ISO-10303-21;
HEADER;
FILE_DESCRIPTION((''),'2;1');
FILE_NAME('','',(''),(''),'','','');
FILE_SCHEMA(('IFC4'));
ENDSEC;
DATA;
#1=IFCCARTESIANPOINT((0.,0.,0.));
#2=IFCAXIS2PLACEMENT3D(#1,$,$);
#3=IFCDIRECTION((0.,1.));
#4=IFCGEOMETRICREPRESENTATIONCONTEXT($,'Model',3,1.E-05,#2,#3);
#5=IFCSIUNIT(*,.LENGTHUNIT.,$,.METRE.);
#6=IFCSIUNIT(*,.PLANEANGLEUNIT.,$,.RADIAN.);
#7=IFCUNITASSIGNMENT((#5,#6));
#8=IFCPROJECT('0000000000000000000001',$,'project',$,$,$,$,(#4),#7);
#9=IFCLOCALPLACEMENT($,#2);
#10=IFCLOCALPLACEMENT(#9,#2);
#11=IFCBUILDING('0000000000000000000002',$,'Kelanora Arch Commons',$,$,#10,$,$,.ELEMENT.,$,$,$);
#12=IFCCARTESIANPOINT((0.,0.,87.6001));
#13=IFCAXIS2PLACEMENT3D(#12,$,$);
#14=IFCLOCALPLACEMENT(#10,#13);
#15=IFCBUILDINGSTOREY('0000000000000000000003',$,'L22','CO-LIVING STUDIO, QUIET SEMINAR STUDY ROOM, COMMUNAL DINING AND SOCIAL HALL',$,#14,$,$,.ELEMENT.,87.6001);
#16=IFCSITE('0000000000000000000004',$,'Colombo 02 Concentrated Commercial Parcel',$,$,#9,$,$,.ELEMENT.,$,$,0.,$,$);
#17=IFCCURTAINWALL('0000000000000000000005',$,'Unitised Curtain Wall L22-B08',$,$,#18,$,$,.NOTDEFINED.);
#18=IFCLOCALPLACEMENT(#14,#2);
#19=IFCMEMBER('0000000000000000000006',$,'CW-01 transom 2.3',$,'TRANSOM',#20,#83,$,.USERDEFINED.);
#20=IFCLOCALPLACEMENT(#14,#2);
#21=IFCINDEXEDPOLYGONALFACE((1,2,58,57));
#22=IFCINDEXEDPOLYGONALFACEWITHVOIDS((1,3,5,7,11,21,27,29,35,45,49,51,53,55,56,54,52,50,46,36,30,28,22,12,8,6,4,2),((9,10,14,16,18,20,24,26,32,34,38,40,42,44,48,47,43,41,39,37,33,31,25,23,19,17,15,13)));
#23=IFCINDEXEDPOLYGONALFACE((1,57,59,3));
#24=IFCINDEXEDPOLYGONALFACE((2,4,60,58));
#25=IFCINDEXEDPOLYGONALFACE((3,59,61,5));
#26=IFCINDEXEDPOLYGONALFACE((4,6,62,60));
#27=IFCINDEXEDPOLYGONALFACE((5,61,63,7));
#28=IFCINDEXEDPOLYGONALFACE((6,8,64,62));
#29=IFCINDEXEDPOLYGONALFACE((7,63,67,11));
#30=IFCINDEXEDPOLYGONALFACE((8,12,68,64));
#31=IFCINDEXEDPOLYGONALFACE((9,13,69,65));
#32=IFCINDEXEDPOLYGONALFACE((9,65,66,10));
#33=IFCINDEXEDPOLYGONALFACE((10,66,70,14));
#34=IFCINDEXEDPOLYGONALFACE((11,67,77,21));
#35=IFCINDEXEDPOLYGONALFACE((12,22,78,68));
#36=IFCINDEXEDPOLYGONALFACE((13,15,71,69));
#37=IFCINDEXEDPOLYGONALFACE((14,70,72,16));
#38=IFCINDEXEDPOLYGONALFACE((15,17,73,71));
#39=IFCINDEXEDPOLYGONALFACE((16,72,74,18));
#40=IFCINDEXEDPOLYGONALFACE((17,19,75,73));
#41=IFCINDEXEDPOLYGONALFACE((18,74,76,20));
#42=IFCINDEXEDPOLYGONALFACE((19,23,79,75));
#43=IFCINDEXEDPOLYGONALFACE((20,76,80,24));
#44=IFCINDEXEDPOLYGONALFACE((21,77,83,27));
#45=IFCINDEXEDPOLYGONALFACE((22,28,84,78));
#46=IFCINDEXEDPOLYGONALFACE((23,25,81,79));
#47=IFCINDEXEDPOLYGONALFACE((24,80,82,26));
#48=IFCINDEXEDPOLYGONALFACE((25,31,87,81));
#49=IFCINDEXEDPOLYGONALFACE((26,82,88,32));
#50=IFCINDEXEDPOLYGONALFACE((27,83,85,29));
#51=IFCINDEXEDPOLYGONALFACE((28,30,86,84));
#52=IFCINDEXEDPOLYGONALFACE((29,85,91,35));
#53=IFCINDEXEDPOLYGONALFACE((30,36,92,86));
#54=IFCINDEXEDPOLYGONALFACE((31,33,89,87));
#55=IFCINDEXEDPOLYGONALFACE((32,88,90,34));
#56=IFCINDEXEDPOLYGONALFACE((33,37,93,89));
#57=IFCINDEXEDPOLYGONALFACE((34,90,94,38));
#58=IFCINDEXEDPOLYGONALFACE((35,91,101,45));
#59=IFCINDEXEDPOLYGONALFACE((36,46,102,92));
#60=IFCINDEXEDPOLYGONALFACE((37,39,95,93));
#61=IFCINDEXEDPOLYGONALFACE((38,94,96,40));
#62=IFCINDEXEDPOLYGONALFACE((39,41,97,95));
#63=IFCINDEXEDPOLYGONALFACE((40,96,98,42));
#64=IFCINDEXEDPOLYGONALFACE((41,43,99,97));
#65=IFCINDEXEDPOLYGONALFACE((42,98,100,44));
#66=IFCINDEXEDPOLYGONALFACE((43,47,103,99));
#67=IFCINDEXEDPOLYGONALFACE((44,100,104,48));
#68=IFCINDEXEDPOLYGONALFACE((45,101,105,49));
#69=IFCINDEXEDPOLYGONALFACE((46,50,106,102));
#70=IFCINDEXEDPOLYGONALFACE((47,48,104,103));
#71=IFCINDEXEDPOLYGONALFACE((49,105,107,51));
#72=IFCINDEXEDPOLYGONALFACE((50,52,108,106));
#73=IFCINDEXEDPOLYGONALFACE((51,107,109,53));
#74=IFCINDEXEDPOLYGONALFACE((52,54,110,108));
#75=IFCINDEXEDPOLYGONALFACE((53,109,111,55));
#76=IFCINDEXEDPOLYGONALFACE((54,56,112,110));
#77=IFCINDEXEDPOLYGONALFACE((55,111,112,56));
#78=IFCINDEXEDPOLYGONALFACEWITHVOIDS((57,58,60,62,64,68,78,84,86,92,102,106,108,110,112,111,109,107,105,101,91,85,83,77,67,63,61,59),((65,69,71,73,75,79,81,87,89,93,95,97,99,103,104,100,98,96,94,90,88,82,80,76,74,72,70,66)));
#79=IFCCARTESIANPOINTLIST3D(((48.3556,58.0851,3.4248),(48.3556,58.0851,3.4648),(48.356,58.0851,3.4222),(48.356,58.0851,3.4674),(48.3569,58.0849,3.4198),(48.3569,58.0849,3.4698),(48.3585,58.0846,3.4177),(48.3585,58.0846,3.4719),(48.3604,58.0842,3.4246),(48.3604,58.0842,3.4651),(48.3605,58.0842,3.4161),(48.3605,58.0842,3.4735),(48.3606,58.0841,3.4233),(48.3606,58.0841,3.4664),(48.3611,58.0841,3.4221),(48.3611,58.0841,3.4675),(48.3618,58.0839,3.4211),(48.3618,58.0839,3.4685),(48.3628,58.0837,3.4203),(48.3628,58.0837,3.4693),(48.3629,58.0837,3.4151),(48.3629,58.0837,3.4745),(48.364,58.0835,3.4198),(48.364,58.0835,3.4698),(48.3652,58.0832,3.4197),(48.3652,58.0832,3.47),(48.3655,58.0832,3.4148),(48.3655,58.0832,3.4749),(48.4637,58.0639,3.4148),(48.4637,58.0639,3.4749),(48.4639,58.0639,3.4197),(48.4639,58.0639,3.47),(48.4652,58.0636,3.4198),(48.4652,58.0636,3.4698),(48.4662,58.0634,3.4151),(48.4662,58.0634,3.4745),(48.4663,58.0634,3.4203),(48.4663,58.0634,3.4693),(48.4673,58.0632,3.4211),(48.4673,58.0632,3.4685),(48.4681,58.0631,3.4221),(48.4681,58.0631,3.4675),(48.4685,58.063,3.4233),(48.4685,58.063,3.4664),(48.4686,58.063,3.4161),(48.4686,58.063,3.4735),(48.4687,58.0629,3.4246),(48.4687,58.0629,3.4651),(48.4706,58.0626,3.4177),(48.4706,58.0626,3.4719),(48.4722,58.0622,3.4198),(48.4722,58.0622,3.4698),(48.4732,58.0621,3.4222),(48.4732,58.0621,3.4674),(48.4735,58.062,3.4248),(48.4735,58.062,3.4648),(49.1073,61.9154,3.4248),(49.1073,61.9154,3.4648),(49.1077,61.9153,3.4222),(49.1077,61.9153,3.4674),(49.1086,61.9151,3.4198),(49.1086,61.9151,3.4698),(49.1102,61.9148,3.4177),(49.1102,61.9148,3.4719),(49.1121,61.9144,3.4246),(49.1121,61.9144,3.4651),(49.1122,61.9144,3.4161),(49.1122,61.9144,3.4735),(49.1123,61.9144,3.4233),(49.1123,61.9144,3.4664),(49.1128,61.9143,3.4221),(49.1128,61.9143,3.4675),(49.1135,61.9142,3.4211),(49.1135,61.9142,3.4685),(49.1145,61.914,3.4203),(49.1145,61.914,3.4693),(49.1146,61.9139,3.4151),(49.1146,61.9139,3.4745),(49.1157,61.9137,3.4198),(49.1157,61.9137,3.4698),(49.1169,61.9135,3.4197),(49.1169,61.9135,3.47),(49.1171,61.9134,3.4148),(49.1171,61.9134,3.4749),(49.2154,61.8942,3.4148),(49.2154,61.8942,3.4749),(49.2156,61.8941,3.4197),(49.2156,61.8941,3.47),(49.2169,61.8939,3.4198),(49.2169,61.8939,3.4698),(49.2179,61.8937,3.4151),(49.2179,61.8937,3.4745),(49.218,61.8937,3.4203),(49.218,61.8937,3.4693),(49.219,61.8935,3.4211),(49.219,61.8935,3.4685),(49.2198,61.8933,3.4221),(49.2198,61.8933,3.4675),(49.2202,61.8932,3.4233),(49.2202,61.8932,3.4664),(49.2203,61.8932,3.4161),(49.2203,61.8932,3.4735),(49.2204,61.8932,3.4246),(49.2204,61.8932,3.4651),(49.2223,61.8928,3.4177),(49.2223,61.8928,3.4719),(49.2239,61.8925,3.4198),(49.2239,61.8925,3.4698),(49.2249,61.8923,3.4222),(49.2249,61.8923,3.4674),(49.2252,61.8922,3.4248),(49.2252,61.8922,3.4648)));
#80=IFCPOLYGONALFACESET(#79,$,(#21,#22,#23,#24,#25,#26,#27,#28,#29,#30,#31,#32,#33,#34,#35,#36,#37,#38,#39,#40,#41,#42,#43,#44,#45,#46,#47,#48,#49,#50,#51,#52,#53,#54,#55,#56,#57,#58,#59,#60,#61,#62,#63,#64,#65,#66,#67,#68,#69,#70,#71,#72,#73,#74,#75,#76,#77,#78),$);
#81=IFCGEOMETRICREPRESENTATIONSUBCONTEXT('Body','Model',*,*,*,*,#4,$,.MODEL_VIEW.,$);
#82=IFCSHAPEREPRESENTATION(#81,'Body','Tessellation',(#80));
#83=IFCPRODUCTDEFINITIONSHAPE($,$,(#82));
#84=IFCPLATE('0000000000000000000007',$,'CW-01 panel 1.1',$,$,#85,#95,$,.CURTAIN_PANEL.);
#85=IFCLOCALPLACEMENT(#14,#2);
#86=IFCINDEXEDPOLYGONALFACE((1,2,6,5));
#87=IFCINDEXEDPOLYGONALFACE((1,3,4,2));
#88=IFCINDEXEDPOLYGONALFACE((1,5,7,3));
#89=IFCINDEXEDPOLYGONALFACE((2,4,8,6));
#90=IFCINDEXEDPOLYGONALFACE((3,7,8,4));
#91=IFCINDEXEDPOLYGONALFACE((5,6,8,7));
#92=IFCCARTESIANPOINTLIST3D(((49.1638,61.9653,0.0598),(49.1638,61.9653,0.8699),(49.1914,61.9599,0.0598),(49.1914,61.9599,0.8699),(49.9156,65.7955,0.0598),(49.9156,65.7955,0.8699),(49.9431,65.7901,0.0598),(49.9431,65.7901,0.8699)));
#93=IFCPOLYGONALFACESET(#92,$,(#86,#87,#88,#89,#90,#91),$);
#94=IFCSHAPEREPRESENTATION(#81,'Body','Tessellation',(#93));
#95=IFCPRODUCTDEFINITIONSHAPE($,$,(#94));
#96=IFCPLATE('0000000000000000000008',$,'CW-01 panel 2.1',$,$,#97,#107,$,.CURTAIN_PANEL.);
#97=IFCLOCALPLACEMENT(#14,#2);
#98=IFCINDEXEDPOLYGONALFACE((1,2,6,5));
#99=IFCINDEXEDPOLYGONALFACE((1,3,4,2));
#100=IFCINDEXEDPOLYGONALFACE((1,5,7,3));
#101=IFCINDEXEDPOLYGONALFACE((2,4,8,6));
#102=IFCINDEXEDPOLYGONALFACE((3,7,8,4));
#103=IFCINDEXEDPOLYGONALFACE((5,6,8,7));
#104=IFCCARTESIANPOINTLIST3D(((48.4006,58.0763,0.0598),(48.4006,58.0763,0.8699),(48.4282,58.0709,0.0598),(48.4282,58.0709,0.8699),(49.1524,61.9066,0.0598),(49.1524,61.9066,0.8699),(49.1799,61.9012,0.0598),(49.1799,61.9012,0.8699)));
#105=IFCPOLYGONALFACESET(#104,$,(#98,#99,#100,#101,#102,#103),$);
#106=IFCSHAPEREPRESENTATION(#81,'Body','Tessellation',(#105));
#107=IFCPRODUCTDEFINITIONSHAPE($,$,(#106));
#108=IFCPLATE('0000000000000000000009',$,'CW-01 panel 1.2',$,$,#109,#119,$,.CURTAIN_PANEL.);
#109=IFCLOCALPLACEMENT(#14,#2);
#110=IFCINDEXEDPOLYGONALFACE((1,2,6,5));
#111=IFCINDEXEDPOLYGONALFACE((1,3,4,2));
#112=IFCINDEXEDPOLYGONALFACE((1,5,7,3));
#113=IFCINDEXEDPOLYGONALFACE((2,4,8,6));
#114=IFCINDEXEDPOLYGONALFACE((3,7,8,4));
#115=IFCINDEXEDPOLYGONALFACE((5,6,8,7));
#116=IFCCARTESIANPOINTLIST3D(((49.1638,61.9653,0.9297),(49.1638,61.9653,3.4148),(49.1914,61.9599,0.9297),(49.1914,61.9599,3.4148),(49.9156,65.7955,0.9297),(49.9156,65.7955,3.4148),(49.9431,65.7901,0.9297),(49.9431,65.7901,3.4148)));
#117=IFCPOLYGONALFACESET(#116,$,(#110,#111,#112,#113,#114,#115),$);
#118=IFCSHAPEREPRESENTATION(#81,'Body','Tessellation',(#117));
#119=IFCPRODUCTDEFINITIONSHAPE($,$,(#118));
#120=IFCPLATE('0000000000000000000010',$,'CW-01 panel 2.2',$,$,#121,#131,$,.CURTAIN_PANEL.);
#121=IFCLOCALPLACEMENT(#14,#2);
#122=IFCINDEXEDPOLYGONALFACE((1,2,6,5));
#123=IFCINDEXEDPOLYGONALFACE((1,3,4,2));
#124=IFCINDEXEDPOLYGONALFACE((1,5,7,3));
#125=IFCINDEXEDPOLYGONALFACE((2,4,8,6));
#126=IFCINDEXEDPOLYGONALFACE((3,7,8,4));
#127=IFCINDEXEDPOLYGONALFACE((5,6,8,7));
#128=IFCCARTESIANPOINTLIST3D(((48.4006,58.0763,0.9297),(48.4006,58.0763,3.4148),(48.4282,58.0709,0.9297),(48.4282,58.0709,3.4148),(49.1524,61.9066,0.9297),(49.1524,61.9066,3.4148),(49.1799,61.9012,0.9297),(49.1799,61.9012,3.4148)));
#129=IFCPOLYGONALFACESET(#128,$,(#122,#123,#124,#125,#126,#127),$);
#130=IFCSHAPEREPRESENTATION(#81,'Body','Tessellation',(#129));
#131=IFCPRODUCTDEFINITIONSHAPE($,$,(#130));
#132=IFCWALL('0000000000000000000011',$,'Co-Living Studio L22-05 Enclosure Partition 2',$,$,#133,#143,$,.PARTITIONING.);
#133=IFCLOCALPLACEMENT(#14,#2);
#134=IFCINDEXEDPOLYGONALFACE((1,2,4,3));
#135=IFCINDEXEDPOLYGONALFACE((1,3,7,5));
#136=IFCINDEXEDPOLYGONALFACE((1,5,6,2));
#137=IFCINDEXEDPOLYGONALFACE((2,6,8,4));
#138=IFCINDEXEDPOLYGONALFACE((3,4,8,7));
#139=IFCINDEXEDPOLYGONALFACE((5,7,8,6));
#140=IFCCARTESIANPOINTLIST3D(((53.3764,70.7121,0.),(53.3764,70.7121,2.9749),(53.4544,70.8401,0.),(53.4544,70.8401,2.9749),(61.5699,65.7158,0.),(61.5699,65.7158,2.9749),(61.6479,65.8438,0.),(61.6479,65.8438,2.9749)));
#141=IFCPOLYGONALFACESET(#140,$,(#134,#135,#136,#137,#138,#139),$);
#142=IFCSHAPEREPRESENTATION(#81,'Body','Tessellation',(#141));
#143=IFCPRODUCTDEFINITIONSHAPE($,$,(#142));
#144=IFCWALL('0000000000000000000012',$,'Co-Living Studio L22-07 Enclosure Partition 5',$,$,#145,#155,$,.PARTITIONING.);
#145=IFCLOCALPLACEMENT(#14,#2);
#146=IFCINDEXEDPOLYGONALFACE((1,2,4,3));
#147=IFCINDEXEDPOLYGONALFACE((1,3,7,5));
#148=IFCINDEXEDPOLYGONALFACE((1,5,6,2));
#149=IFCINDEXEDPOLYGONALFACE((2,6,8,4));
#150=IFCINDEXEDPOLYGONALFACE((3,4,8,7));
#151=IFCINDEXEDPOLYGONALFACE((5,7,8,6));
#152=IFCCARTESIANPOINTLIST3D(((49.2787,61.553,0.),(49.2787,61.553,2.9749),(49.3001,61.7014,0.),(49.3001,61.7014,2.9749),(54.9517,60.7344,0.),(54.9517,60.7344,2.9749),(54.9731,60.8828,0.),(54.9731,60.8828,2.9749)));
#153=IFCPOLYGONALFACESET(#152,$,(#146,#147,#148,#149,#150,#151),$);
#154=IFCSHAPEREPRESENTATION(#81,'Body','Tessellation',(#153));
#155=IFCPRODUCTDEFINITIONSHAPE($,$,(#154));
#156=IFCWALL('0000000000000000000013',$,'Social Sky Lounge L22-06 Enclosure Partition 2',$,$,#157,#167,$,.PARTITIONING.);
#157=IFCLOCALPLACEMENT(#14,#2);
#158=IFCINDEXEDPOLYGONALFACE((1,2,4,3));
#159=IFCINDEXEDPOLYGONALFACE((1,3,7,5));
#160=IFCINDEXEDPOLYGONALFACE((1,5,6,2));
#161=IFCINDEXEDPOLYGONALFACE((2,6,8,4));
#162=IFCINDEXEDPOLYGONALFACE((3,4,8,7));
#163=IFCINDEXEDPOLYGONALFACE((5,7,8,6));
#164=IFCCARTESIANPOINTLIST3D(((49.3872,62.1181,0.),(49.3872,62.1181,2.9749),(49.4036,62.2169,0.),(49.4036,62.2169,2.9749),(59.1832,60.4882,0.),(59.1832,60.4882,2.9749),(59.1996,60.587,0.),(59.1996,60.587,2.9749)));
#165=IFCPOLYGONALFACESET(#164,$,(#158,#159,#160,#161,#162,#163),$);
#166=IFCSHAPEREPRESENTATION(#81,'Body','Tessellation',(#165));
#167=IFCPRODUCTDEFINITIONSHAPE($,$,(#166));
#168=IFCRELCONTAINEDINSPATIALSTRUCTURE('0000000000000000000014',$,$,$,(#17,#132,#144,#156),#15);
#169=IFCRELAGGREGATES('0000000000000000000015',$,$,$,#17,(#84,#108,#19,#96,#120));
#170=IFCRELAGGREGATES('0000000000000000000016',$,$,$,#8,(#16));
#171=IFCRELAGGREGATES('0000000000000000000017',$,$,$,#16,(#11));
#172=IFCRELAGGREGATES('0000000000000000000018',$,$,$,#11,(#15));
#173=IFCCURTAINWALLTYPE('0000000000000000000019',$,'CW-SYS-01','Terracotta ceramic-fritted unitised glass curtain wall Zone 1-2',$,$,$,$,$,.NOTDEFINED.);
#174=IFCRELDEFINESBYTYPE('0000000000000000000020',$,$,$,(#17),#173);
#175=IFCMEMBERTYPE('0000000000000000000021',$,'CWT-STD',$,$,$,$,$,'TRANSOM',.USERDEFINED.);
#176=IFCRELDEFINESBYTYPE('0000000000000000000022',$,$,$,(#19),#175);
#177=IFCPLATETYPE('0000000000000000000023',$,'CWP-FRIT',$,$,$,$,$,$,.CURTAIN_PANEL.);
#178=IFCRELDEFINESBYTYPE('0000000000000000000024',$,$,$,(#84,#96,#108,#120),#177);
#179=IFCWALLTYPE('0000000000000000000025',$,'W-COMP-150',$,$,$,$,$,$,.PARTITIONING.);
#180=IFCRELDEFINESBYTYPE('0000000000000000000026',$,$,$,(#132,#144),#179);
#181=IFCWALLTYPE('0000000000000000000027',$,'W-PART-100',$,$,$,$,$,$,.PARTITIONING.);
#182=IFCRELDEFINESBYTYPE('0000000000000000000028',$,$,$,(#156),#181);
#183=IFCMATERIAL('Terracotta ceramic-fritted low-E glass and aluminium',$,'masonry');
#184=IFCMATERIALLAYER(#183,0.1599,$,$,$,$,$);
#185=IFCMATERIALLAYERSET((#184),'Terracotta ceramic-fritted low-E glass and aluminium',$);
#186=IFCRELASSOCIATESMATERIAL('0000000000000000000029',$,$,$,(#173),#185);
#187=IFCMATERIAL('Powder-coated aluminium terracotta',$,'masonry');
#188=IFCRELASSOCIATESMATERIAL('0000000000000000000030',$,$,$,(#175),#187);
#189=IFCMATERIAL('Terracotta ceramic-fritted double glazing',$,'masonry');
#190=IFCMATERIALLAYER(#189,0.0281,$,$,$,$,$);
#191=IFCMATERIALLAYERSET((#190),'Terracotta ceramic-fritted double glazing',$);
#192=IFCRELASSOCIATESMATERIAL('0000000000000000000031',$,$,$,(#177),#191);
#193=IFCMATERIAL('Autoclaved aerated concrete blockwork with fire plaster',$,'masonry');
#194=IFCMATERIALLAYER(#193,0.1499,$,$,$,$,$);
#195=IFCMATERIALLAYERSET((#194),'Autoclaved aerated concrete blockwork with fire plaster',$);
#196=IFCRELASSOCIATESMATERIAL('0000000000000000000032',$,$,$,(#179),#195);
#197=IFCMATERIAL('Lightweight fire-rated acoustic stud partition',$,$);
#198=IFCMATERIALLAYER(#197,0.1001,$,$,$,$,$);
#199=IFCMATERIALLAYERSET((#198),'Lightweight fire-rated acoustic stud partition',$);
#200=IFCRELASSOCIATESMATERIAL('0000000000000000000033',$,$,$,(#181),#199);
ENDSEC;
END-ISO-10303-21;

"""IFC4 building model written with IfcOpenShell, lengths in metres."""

from ifc_helpers import new_model, si_unit, direction, frame, frame_2d, origin, origin_2d, place, context, subcontext, project, spatial, rectangle, hollow_rectangle, extrude, source, transform, mapped, material, layer, layer_set, material_profile, profile_set, type_object, element, aggregate, save


model = new_model("IFC4")

# Units and contexts
model_context = context("Model", 3, precision=1e-05, world=origin(), true_north=direction((0.0, 1.0)))
body_context = subcontext(model_context, "Body", "Model", "MODEL_VIEW")
ifc_project = project(units=[si_unit("LENGTHUNIT", "METRE"), si_unit("PLANEANGLEUNIT", "RADIAN")], contexts=[model_context])

# Site, building, storey
site_placement = place(None, origin())
site = spatial("IfcSite", under=ifc_project, at=site_placement, Name="Colombo 02 Concentrated Commercial Parcel", CompositionType="ELEMENT", RefElevation=0.0)
building_placement = place(site_placement, origin())
building = spatial("IfcBuilding", under=site, at=building_placement, Name="Kelanora Arch Commons", CompositionType="ELEMENT")
storey_placement = place(building_placement, frame((0.0, 0.0, 87.6001)))
storey = spatial("IfcBuildingStorey", under=building, at=storey_placement, Name="L22", Description="CO-LIVING STUDIO, QUIET SEMINAR STUDY ROOM, COMMUNAL DINING AND SOCIAL HALL", CompositionType="ELEMENT", Elevation=87.6001)

# Curtain wall, member, plates
ifc_material_1 = material(Name="Terracotta ceramic-fritted low-E glass and aluminium", Category="masonry")
ifc_layer_1 = layer(ifc_material_1, 0.1599)
ifc_layer_set_1 = layer_set([ifc_layer_1], Name="Terracotta ceramic-fritted low-E glass and aluminium")
curtain_wall_type = type_object("IfcCurtainWallType", Name="CW-SYS-01", Description="Terracotta ceramic-fritted unitised glass curtain wall Zone 1-2", PredefinedType="NOTDEFINED", material=ifc_layer_set_1)
curtain_wall_placement = place(storey_placement, origin())
curtain_wall = element("IfcCurtainWall", 1, at=curtain_wall_placement, inside=storey, type_object=curtain_wall_type, Name="Unitised Curtain Wall L22-B08", PredefinedType="NOTDEFINED")
ifc_material_2 = material(Name="Powder-coated aluminium terracotta", Category="masonry")
ifc_material_profile_1 = material_profile(ifc_material_2, hollow_rectangle(XDim=0.1201, YDim=0.0601, WallThickness=0.0049, InnerFilletRadius=0.0049, OuterFilletRadius=0.01, at=origin_2d()), Name="CWT120x60")
ifc_profile_set_1 = profile_set([ifc_material_profile_1], Name="Powder-coated aluminium terracotta")
member_type_1 = type_object("IfcMemberType", Name="CWT-STD", ElementType="TRANSOM", PredefinedType="USERDEFINED", material=ifc_profile_set_1)
member_1_placement = place(storey_placement, frame((49.1663, 61.9038, 3.4448), z_axis=(-0.192579, -0.981282, 0.0), x_axis=(0.981282, -0.192579, 0.0)))
member_1 = element("IfcMember", 2, at=member_1_placement, type_object=member_type_1, Name="CW-01 transom 2.3", ObjectType="TRANSOM", PredefinedType="USERDEFINED", context=body_context, shape_type="SweptSolid", body=[
    extrude(hollow_rectangle(XDim=0.1201, YDim=0.0601, WallThickness=0.0049, InnerFilletRadius=0.0049, OuterFilletRadius=0.01, at=origin_2d()), origin(), (0.0, 0.0, 1.0), 3.9033),
])
ifc_material_3 = material(Name="Terracotta ceramic-fritted double glazing", Category="masonry")
ifc_layer_2 = layer(ifc_material_3, 0.0281)
ifc_layer_set_2 = layer_set([ifc_layer_2], Name="Terracotta ceramic-fritted double glazing")
plate_type = type_object("IfcPlateType", Name="CWP-FRIT", PredefinedType="CURTAIN_PANEL", material=ifc_layer_set_2)
shared_shape_1 = source(origin(), body_context, "Body", "SweptSolid", [
    extrude(rectangle(XDim=3.9033, YDim=0.0281, at=origin_2d()), origin(), (0.0, 0.0, 1.0), 0.8101),
])
plate_1_placement = place(storey_placement, frame((49.5535, 63.8777, 0.0598), z_axis=(0.0, 0.0, 1.0), x_axis=(-0.192585, -0.98128, 0.0)))
plate_1 = element("IfcPlate", 3, at=plate_1_placement, type_object=plate_type, Name="CW-01 panel 1.1", PredefinedType="CURTAIN_PANEL", context=body_context, shape_type="MappedRepresentation", body=[
    mapped(shared_shape_1, transform((0.0, 0.0, 0.0), scale=1.0)),
])
plate_2_placement = place(storey_placement, frame((48.7903, 59.9888, 0.0598), z_axis=(0.0, 0.0, 1.0), x_axis=(-0.192585, -0.98128, 0.0)))
plate_2 = element("IfcPlate", 4, at=plate_2_placement, type_object=plate_type, Name="CW-01 panel 2.1", PredefinedType="CURTAIN_PANEL", context=body_context, shape_type="MappedRepresentation", body=[
    mapped(shared_shape_1, transform((0.0, 0.0, 0.0), scale=1.0)),
])
shared_shape_2 = source(origin(), body_context, "Body", "SweptSolid", [
    extrude(rectangle(XDim=3.9033, YDim=0.0281, at=origin_2d()), origin(), (0.0, 0.0, 1.0), 2.4851),
])
plate_3_placement = place(storey_placement, frame((49.5535, 63.8777, 0.9297), z_axis=(0.0, 0.0, 1.0), x_axis=(-0.192585, -0.98128, 0.0)))
plate_3 = element("IfcPlate", 5, at=plate_3_placement, type_object=plate_type, Name="CW-01 panel 1.2", PredefinedType="CURTAIN_PANEL", context=body_context, shape_type="MappedRepresentation", body=[
    mapped(shared_shape_2, transform((0.0, 0.0, 0.0), scale=1.0)),
])
plate_4_placement = place(storey_placement, frame((48.7903, 59.9888, 0.9297), z_axis=(0.0, 0.0, 1.0), x_axis=(-0.192585, -0.98128, 0.0)))
plate_4 = element("IfcPlate", 6, at=plate_4_placement, type_object=plate_type, Name="CW-01 panel 2.2", PredefinedType="CURTAIN_PANEL", context=body_context, shape_type="MappedRepresentation", body=[
    mapped(shared_shape_2, transform((0.0, 0.0, 0.0), scale=1.0)),
])
aggregate(curtain_wall, [plate_1, plate_3, member_1, plate_2, plate_4])

# Walls
ifc_material_4 = material(Name="Autoclaved aerated concrete blockwork with fire plaster", Category="masonry")
ifc_layer_3 = layer(ifc_material_4, 0.1499)
ifc_layer_set_3 = layer_set([ifc_layer_3], Name="Autoclaved aerated concrete blockwork with fire plaster")
wall_type_1 = type_object("IfcWallType", Name="W-COMP-150", PredefinedType="PARTITIONING", material=ifc_layer_set_3)
wall_1_placement = place(storey_placement, frame((61.6089, 65.7798, 0.0), z_axis=(0.0, 0.0, 1.0), x_axis=(-0.853785, 0.520626, 0.0)))
element("IfcWall", 7, at=wall_1_placement, inside=storey, type_object=wall_type_1, Name="Co-Living Studio L22-05 Enclosure Partition 2", PredefinedType="PARTITIONING", context=body_context, shape_type="SweptSolid", body=[
    extrude(rectangle(XDim=9.5967, YDim=0.1499, at=frame_2d((4.7983, 0.0))), origin(), (0.0, 0.0, 1.0), 2.9749),
])
wall_2_placement = place(storey_placement, frame((49.2896, 61.6272, 0.0), z_axis=(0.0, 0.0, 1.0), x_axis=(0.989748, -0.142823, 0.0)))
element("IfcWall", 8, at=wall_2_placement, inside=storey, type_object=wall_type_1, Name="Co-Living Studio L22-07 Enclosure Partition 5", PredefinedType="PARTITIONING", context=body_context, shape_type="SweptSolid", body=[
    extrude(rectangle(XDim=5.7317, YDim=0.1499, at=frame_2d((2.8657, 0.0))), origin(), (0.0, 0.0, 1.0), 2.9749),
])
ifc_material_5 = material(Name="Lightweight fire-rated acoustic stud partition")
ifc_layer_4 = layer(ifc_material_5, 0.1001)
ifc_layer_set_4 = layer_set([ifc_layer_4], Name="Lightweight fire-rated acoustic stud partition")
wall_type_2 = type_object("IfcWallType", Name="W-PART-100", PredefinedType="PARTITIONING", material=ifc_layer_set_4)
wall_3_placement = place(storey_placement, frame((59.1914, 60.5376, 0.0), z_axis=(0.0, 0.0, 1.0), x_axis=(-0.986439, 0.164128, 0.0)))
element("IfcWall", 9, at=wall_3_placement, inside=storey, type_object=wall_type_2, Name="Social Sky Lounge L22-06 Enclosure Partition 2", PredefinedType="PARTITIONING", context=body_context, shape_type="SweptSolid", body=[
    extrude(rectangle(XDim=9.9307, YDim=0.1001, at=frame_2d((4.9653, 0.0))), origin(), (0.0, 0.0, 1.0), 2.9749),
])

save(model, "model.ifc")
